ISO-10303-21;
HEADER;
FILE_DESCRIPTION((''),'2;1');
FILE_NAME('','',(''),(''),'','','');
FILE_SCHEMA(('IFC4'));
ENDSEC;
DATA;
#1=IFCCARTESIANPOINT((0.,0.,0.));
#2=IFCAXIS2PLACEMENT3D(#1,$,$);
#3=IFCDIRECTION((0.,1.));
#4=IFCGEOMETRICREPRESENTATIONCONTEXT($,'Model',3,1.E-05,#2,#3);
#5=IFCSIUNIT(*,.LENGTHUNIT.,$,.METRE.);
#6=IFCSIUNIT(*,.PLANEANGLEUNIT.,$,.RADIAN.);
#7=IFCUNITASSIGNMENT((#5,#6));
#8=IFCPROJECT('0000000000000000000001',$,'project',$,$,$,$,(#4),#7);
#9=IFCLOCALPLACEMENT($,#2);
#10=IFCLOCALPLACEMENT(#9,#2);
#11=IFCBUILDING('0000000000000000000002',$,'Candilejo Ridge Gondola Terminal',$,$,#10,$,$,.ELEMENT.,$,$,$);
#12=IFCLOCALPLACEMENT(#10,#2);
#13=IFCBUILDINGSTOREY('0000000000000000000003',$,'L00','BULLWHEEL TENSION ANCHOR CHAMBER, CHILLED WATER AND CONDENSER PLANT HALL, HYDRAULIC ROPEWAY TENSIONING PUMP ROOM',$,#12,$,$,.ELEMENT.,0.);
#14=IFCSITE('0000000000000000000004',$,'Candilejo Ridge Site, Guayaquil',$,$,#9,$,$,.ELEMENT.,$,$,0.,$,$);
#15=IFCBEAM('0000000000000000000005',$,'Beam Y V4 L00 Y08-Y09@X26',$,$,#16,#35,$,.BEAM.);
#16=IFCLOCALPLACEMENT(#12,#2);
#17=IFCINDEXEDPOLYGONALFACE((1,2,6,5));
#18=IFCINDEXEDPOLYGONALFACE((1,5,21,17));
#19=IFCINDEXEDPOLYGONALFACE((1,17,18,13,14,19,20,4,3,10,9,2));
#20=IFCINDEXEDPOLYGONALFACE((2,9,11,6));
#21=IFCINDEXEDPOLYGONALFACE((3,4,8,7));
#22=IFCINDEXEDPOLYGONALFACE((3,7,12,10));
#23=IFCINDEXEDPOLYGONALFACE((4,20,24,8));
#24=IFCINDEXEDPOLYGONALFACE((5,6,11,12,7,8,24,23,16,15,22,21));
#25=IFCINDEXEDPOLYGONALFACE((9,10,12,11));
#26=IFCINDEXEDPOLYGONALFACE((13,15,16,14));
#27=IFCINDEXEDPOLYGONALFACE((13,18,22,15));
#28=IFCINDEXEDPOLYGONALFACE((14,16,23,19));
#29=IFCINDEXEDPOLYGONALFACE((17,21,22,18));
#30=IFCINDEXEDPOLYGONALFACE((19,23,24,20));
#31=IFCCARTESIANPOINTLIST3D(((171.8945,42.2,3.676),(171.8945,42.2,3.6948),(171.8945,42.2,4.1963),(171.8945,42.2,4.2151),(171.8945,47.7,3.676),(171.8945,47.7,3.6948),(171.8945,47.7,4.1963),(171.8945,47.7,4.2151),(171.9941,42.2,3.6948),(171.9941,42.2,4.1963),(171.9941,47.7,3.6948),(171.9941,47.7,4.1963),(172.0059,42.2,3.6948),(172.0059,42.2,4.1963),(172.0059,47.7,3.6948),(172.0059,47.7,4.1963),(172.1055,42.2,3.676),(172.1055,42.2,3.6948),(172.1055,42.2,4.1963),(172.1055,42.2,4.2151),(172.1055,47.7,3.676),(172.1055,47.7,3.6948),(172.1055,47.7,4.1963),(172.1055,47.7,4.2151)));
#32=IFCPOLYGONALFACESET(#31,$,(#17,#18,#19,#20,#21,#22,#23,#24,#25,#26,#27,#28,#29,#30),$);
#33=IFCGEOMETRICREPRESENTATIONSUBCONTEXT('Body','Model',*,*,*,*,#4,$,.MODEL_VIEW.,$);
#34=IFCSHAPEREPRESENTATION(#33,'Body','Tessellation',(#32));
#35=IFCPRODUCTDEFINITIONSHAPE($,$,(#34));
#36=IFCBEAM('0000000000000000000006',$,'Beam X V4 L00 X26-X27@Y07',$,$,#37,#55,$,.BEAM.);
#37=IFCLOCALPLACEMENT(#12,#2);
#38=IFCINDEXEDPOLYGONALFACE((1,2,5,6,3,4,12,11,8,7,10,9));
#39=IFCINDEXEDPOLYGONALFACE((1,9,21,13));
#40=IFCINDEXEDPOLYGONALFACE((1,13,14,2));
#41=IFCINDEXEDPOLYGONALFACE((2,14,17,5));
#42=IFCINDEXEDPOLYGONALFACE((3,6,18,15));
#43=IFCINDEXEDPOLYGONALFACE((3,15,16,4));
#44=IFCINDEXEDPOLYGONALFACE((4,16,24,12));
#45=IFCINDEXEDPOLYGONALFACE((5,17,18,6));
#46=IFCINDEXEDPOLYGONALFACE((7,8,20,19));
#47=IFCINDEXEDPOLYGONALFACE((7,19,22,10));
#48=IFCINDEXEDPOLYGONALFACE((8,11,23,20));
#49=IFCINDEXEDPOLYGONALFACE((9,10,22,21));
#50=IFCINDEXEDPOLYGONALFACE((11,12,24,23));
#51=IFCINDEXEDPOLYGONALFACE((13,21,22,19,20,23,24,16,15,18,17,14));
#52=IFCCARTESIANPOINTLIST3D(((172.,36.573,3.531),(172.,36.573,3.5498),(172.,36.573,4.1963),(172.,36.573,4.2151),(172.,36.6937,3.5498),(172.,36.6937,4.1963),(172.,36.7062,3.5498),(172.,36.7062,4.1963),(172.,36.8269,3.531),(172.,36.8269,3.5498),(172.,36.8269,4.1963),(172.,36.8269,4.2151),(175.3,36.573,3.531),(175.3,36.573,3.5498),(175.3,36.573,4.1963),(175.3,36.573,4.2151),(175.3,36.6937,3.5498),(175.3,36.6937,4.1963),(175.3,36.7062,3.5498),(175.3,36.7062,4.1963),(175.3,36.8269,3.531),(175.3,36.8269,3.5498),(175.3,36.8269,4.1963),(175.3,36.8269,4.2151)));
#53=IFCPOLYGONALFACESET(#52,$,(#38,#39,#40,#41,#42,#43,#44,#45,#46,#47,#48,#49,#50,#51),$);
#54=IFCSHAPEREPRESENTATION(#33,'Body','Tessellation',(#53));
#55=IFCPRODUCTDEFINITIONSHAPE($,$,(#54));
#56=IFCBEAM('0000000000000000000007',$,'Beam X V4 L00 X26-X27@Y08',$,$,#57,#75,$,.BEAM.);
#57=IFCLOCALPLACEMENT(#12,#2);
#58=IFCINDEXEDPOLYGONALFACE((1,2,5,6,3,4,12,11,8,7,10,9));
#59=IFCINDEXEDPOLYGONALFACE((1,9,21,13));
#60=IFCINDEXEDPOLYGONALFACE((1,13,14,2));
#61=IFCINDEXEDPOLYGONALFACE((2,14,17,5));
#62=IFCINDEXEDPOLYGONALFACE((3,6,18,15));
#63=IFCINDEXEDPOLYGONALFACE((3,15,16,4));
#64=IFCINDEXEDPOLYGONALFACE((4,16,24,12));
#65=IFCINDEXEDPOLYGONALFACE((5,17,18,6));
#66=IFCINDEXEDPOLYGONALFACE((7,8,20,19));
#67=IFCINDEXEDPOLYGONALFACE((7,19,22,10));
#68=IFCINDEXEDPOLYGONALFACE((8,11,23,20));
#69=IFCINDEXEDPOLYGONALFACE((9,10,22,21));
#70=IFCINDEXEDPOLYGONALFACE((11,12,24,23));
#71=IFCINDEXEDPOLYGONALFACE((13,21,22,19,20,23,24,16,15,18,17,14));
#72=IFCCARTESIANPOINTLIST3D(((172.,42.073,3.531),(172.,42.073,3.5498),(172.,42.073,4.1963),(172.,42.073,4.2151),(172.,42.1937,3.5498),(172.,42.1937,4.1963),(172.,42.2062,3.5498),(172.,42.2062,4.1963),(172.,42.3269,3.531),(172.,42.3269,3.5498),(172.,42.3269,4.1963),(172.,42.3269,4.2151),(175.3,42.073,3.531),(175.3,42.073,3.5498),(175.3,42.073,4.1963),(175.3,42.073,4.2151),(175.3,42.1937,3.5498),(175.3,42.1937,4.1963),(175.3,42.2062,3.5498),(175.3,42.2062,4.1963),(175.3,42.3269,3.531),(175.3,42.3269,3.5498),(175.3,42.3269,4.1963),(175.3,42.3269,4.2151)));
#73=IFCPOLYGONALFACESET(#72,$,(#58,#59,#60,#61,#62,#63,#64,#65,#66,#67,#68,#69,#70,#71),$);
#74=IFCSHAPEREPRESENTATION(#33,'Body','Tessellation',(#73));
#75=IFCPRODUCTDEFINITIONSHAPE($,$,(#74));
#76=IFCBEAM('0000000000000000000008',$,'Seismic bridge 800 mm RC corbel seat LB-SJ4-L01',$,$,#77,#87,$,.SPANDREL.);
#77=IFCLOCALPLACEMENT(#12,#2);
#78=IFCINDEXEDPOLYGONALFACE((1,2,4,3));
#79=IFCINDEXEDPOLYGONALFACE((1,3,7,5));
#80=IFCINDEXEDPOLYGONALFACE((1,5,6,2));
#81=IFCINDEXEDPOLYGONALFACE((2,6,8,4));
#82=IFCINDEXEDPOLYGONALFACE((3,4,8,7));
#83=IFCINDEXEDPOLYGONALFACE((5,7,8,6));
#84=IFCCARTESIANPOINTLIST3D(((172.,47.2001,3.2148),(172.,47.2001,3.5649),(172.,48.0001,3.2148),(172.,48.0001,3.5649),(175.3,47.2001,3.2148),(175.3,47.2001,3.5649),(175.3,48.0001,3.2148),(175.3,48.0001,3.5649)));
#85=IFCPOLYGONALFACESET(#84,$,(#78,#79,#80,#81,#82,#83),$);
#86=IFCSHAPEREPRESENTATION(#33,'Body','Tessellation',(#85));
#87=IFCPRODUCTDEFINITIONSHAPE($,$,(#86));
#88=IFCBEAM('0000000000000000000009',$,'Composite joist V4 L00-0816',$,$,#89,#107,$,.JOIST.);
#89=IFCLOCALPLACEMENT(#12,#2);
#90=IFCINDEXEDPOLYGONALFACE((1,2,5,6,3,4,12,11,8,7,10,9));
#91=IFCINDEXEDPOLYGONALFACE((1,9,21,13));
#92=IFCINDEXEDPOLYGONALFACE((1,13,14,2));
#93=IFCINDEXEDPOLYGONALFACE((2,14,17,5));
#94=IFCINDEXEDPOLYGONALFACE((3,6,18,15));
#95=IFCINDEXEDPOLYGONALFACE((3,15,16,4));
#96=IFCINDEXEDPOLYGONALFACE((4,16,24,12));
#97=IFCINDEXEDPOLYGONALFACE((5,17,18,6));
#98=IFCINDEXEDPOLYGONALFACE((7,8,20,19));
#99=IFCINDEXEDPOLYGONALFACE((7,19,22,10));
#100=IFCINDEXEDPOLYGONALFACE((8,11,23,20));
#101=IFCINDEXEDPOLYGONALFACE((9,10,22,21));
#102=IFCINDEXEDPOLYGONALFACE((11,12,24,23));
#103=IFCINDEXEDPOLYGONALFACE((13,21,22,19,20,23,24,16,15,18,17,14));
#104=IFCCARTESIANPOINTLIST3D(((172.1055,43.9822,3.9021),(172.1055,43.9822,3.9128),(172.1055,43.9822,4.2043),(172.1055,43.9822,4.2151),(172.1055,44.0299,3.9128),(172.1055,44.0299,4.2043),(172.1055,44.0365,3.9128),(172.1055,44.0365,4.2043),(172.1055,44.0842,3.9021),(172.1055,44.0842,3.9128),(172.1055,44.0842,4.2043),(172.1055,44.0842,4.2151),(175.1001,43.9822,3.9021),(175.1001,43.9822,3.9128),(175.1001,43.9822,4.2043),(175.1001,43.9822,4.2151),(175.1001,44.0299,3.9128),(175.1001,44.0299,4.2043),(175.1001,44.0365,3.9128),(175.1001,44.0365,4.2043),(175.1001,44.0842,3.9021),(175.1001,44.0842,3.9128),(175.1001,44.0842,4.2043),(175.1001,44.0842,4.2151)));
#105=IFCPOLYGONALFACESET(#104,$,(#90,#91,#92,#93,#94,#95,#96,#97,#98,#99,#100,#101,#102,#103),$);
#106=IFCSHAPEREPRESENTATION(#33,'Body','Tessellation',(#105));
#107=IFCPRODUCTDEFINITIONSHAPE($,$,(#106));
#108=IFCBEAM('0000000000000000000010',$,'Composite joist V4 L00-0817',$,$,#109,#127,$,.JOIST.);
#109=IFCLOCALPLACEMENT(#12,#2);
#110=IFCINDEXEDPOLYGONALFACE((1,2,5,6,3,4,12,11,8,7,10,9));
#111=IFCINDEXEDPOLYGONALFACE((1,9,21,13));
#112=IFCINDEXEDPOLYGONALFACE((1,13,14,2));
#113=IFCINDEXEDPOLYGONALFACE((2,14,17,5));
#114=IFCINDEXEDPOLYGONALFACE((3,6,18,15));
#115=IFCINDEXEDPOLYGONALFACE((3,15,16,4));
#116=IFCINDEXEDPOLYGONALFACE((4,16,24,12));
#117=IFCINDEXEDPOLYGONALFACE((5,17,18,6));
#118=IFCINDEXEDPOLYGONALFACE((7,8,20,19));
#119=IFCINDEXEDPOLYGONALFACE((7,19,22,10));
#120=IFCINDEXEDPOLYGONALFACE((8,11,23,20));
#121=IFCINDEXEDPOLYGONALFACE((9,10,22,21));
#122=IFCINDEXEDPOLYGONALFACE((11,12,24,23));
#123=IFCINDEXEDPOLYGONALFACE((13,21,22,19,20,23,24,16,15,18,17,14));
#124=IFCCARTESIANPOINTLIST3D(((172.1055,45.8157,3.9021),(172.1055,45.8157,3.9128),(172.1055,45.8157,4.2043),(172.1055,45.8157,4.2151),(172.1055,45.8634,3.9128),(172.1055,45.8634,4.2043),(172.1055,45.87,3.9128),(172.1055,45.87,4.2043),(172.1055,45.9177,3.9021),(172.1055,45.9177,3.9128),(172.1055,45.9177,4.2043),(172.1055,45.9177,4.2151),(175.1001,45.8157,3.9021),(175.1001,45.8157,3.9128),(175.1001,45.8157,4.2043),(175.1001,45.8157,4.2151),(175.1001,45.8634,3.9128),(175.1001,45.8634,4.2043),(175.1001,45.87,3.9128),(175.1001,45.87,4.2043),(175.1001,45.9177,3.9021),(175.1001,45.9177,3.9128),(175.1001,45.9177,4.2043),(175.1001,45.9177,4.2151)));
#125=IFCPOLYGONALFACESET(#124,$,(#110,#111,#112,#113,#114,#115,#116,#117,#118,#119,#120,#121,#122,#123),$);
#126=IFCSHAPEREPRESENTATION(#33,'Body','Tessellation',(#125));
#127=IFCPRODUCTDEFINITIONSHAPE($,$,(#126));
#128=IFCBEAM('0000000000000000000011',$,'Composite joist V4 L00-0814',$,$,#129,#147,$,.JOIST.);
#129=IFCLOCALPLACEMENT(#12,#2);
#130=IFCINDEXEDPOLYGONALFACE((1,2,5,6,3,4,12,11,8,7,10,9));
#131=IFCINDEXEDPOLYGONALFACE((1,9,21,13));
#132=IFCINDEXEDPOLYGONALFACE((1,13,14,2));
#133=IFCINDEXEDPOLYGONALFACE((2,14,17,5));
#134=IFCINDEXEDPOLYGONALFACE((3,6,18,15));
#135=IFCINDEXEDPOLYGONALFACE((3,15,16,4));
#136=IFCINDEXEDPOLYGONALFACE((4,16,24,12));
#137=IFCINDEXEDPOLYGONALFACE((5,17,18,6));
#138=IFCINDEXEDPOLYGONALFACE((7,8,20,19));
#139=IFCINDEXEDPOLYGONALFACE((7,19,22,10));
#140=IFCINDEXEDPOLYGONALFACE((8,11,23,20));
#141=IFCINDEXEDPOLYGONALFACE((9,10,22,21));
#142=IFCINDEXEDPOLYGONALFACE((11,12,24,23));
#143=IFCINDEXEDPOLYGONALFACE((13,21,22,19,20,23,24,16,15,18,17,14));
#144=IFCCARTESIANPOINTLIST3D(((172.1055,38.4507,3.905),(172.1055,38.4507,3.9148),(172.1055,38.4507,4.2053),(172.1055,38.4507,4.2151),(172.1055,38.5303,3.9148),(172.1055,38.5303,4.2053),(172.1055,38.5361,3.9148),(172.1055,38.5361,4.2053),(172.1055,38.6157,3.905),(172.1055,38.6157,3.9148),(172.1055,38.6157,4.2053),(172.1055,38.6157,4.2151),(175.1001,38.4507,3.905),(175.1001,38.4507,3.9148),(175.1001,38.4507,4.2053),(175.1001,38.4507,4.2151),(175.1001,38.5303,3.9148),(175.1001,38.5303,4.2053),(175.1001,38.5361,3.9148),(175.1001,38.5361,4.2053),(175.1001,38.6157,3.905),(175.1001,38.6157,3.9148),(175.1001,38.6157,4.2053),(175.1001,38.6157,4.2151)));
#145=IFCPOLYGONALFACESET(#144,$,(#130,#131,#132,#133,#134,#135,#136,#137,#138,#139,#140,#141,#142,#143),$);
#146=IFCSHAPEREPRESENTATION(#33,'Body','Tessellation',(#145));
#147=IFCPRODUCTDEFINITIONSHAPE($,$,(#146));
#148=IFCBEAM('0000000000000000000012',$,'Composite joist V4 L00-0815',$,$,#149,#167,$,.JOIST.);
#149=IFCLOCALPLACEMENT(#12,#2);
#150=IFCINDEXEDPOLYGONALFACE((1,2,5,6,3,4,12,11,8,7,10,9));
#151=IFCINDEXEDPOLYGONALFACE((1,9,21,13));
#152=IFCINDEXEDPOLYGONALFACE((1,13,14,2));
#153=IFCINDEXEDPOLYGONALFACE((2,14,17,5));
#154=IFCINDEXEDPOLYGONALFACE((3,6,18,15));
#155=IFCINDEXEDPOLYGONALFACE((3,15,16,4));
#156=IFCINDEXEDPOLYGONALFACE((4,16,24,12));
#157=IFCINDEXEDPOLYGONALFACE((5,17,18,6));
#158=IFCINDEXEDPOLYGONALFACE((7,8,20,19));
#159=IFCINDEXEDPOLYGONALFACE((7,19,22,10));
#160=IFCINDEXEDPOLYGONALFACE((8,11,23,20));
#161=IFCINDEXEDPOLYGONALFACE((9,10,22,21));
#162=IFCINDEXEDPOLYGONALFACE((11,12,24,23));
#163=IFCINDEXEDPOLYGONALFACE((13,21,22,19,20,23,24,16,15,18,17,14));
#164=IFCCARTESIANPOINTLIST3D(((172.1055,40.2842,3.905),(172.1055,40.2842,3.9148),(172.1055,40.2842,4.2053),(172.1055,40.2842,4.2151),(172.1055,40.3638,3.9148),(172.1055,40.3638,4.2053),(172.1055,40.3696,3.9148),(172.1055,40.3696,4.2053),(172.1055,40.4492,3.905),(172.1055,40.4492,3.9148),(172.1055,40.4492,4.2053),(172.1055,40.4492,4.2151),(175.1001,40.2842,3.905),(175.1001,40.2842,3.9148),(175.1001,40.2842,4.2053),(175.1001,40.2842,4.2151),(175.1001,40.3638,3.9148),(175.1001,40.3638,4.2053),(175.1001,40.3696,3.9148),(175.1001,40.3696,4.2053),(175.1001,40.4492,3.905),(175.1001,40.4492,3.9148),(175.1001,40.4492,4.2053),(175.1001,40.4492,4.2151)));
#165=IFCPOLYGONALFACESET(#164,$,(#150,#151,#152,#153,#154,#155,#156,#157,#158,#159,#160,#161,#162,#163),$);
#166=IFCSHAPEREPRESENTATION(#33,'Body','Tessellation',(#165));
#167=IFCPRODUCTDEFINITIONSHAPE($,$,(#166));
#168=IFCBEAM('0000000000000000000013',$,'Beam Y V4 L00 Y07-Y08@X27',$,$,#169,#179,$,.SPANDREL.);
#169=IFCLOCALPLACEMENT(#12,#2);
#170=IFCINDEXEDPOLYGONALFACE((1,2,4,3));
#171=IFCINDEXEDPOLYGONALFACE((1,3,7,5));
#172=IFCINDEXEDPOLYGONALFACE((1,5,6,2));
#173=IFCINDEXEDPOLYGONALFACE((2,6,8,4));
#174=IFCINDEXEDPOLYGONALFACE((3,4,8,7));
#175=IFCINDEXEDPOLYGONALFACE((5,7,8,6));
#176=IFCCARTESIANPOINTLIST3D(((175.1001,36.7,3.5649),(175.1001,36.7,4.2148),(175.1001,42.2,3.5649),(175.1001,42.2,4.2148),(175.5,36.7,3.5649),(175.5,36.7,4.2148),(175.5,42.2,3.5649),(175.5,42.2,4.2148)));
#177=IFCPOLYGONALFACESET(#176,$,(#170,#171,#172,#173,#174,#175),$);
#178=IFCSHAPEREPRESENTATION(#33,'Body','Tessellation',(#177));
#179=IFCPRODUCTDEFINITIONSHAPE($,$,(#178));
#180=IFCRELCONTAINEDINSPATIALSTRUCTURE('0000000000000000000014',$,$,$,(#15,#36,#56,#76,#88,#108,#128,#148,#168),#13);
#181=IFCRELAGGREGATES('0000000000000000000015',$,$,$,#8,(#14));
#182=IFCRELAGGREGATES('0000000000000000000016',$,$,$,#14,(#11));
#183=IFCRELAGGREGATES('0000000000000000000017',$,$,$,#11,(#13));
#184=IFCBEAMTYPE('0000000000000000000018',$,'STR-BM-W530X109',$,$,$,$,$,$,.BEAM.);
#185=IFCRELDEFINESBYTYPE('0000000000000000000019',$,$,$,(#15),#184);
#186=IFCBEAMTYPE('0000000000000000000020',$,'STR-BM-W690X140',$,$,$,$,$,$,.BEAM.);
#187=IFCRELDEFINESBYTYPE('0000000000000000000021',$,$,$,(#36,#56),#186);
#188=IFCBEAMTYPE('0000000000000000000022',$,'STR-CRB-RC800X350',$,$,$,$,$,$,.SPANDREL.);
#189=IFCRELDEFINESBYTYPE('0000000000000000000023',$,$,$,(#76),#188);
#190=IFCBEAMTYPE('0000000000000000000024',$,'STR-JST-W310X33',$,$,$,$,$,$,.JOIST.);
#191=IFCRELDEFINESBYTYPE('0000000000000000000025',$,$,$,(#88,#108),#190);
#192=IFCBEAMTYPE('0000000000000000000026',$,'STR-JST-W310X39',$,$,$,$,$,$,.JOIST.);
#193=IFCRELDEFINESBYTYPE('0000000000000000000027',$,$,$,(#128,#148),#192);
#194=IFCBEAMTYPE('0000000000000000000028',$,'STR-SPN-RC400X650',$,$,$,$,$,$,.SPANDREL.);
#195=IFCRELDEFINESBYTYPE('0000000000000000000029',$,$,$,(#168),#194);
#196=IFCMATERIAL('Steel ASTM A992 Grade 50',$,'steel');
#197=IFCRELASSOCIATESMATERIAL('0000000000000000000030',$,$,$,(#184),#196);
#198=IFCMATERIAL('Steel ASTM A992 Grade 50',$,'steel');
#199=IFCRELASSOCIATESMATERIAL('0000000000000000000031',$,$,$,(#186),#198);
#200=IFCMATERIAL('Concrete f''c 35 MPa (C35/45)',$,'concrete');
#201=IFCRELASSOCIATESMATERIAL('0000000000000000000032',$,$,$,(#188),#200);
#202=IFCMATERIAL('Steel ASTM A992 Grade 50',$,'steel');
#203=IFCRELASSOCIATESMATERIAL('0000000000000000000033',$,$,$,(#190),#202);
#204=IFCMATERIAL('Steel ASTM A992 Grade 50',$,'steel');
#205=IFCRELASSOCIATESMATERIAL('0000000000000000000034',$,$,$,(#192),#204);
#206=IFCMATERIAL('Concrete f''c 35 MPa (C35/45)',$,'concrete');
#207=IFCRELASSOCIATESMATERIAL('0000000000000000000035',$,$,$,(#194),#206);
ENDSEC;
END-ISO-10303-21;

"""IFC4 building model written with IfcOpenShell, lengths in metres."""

from ifc_helpers import new_model, si_unit, direction, frame, origin, origin_2d, place, context, subcontext, project, spatial, rectangle, i_section, extrude, material, material_profile, profile_set, type_object, element, save


model = new_model("IFC4")

# Units and contexts
model_context = context("Model", 3, precision=1e-05, world=origin(), true_north=direction((0.0, 1.0)))
body_context = subcontext(model_context, "Body", "Model", "MODEL_VIEW")
ifc_project = project(units=[si_unit("LENGTHUNIT", "METRE"), si_unit("PLANEANGLEUNIT", "RADIAN")], contexts=[model_context])

# Site, building, storey
site_placement = place(None, origin())
site = spatial("IfcSite", under=ifc_project, at=site_placement, Name="Candilejo Ridge Site, Guayaquil", CompositionType="ELEMENT", RefElevation=0.0)
building_placement = place(site_placement, origin())
building = spatial("IfcBuilding", under=site, at=building_placement, Name="Candilejo Ridge Gondola Terminal", CompositionType="ELEMENT")
storey_placement = place(building_placement, origin())
storey = spatial("IfcBuildingStorey", under=building, at=storey_placement, Name="L00", Description="BULLWHEEL TENSION ANCHOR CHAMBER, CHILLED WATER AND CONDENSER PLANT HALL, HYDRAULIC ROPEWAY TENSIONING PUMP ROOM", CompositionType="ELEMENT", Elevation=0.0)

# Beams
ifc_material_1 = material(Name="Steel ASTM A992 Grade 50", Category="steel")
ifc_material_profile_1 = material_profile(ifc_material_1, i_section(OverallWidth=0.2109, OverallDepth=0.5391, WebThickness=0.0117, FlangeThickness=0.0188, at=origin_2d()))
ifc_profile_set_1 = profile_set([ifc_material_profile_1], Name="Steel ASTM A992 Grade 50")
beam_type_1 = type_object("IfcBeamType", Name="STR-BM-W530X109", PredefinedType="BEAM", material=ifc_profile_set_1)
for number, where, z_axis, x_axis, name in (
    (1, (172.0, 42.2, 3.9456), (0.0, 1.0, 0.0), (-1.0, 0.0, 0.0), "Beam Y V4 L00 Y08-Y09@X26"),
):
    element("IfcBeam", number, at=place(storey_placement, frame(where, z_axis=z_axis, x_axis=x_axis)), inside=storey, type_object=beam_type_1, Name=name, PredefinedType="BEAM", context=body_context, shape_type="SweptSolid", body=[
        extrude(i_section(OverallWidth=0.2109, OverallDepth=0.5391, WebThickness=0.0117, FlangeThickness=0.0188, at=origin_2d()), origin(), (0.0, 0.0, 1.0), 5.5),
    ])
ifc_material_2 = material(Name="Steel ASTM A992 Grade 50", Category="steel")
ifc_material_profile_2 = material_profile(ifc_material_2, i_section(OverallWidth=0.2539, OverallDepth=0.6841, WebThickness=0.0125, FlangeThickness=0.0188, at=origin_2d()))
ifc_profile_set_2 = profile_set([ifc_material_profile_2], Name="Steel ASTM A992 Grade 50")
beam_type_2 = type_object("IfcBeamType", Name="STR-BM-W690X140", PredefinedType="BEAM", material=ifc_profile_set_2)
for number, where, z_axis, x_axis, name in (
    (2, (172.0, 36.7, 3.873), (1.0, 0.0, 0.0), (0.0, 1.0, 0.0), "Beam X V4 L00 X26-X27@Y07"),
    (3, (172.0, 42.2, 3.873), (1.0, 0.0, 0.0), (0.0, 1.0, 0.0), "Beam X V4 L00 X26-X27@Y08"),
):
    element("IfcBeam", number, at=place(storey_placement, frame(where, z_axis=z_axis, x_axis=x_axis)), inside=storey, type_object=beam_type_2, Name=name, PredefinedType="BEAM", context=body_context, shape_type="SweptSolid", body=[
        extrude(i_section(OverallWidth=0.2539, OverallDepth=0.6841, WebThickness=0.0125, FlangeThickness=0.0188, at=origin_2d()), origin(), (0.0, 0.0, 1.0), 3.3),
    ])
ifc_material_3 = material(Name="Concrete f'c 35 MPa (C35/45)", Category="concrete")
ifc_material_profile_3 = material_profile(ifc_material_3, rectangle(XDim=0.8, YDim=0.3501, at=origin_2d()))
ifc_profile_set_3 = profile_set([ifc_material_profile_3], Name="Concrete f'c 35 MPa (C35/45)")
beam_type_3 = type_object("IfcBeamType", Name="STR-CRB-RC800X350", PredefinedType="SPANDREL", material=ifc_profile_set_3)
beam_placement = place(storey_placement, frame((172.0, 47.6001, 3.3899), z_axis=(1.0, 0.0, 0.0), x_axis=(0.0, 1.0, 0.0)))
element("IfcBeam", 4, at=beam_placement, inside=storey, type_object=beam_type_3, Name="Seismic bridge 800 mm RC corbel seat LB-SJ4-L01", PredefinedType="SPANDREL", context=body_context, shape_type="SweptSolid", body=[
    extrude(rectangle(XDim=0.8, YDim=0.3501, at=origin_2d()), origin(), (0.0, 0.0, 1.0), 3.3),
])
ifc_material_4 = material(Name="Steel ASTM A992 Grade 50", Category="steel")
ifc_material_profile_4 = material_profile(ifc_material_4, i_section(OverallWidth=0.1021, OverallDepth=0.313, WebThickness=0.0066, FlangeThickness=0.0107, at=origin_2d()))
ifc_profile_set_4 = profile_set([ifc_material_profile_4], Name="Steel ASTM A992 Grade 50")
beam_type_4 = type_object("IfcBeamType", Name="STR-JST-W310X33", PredefinedType="JOIST", material=ifc_profile_set_4)
for number, where, z_axis, x_axis, name in (
    (5, (172.1055, 44.0332, 4.0586), (1.0, 0.0, 0.0), (0.0, 1.0, 0.0), "Composite joist V4 L00-0816"),
    (6, (172.1055, 45.8667, 4.0586), (1.0, 0.0, 0.0), (0.0, 1.0, 0.0), "Composite joist V4 L00-0817"),
):
    element("IfcBeam", number, at=place(storey_placement, frame(where, z_axis=z_axis, x_axis=x_axis)), inside=storey, type_object=beam_type_4, Name=name, PredefinedType="JOIST", context=body_context, shape_type="SweptSolid", body=[
        extrude(i_section(OverallWidth=0.1021, OverallDepth=0.313, WebThickness=0.0066, FlangeThickness=0.0107, at=origin_2d()), origin(), (0.0, 0.0, 1.0), 2.9946),
    ])
ifc_material_5 = material(Name="Steel ASTM A992 Grade 50", Category="steel")
ifc_material_profile_5 = material_profile(ifc_material_5, i_section(OverallWidth=0.165, OverallDepth=0.3101, WebThickness=0.0059, FlangeThickness=0.0098, at=origin_2d()))
ifc_profile_set_5 = profile_set([ifc_material_profile_5], Name="Steel ASTM A992 Grade 50")
beam_type_5 = type_object("IfcBeamType", Name="STR-JST-W310X39", PredefinedType="JOIST", material=ifc_profile_set_5)
for number, where, z_axis, x_axis, name in (
    (7, (172.1055, 38.5332, 4.0601), (1.0, 0.0, 0.0), (0.0, 1.0, 0.0), "Composite joist V4 L00-0814"),
    (8, (172.1055, 40.3667, 4.0601), (1.0, 0.0, 0.0), (0.0, 1.0, 0.0), "Composite joist V4 L00-0815"),
):
    element("IfcBeam", number, at=place(storey_placement, frame(where, z_axis=z_axis, x_axis=x_axis)), inside=storey, type_object=beam_type_5, Name=name, PredefinedType="JOIST", context=body_context, shape_type="SweptSolid", body=[
        extrude(i_section(OverallWidth=0.165, OverallDepth=0.3101, WebThickness=0.0059, FlangeThickness=0.0098, at=origin_2d()), origin(), (0.0, 0.0, 1.0), 2.9946),
    ])
ifc_material_6 = material(Name="Concrete f'c 35 MPa (C35/45)", Category="concrete")
ifc_material_profile_6 = material_profile(ifc_material_6, rectangle(XDim=0.3999, YDim=0.6499, at=origin_2d()))
ifc_profile_set_6 = profile_set([ifc_material_profile_6], Name="Concrete f'c 35 MPa (C35/45)")
beam_type_6 = type_object("IfcBeamType", Name="STR-SPN-RC400X650", PredefinedType="SPANDREL", material=ifc_profile_set_6)
for number, where, z_axis, x_axis, name in (
    (9, (175.3, 36.7, 3.8899), (0.0, 1.0, 0.0), (-1.0, 0.0, 0.0), "Beam Y V4 L00 Y07-Y08@X27"),
):
    element("IfcBeam", number, at=place(storey_placement, frame(where, z_axis=z_axis, x_axis=x_axis)), inside=storey, type_object=beam_type_6, Name=name, PredefinedType="SPANDREL", context=body_context, shape_type="SweptSolid", body=[
        extrude(rectangle(XDim=0.3999, YDim=0.6499, at=origin_2d()), origin(), (0.0, 0.0, 1.0), 5.5),
    ])

save(model, "model.ifc")
